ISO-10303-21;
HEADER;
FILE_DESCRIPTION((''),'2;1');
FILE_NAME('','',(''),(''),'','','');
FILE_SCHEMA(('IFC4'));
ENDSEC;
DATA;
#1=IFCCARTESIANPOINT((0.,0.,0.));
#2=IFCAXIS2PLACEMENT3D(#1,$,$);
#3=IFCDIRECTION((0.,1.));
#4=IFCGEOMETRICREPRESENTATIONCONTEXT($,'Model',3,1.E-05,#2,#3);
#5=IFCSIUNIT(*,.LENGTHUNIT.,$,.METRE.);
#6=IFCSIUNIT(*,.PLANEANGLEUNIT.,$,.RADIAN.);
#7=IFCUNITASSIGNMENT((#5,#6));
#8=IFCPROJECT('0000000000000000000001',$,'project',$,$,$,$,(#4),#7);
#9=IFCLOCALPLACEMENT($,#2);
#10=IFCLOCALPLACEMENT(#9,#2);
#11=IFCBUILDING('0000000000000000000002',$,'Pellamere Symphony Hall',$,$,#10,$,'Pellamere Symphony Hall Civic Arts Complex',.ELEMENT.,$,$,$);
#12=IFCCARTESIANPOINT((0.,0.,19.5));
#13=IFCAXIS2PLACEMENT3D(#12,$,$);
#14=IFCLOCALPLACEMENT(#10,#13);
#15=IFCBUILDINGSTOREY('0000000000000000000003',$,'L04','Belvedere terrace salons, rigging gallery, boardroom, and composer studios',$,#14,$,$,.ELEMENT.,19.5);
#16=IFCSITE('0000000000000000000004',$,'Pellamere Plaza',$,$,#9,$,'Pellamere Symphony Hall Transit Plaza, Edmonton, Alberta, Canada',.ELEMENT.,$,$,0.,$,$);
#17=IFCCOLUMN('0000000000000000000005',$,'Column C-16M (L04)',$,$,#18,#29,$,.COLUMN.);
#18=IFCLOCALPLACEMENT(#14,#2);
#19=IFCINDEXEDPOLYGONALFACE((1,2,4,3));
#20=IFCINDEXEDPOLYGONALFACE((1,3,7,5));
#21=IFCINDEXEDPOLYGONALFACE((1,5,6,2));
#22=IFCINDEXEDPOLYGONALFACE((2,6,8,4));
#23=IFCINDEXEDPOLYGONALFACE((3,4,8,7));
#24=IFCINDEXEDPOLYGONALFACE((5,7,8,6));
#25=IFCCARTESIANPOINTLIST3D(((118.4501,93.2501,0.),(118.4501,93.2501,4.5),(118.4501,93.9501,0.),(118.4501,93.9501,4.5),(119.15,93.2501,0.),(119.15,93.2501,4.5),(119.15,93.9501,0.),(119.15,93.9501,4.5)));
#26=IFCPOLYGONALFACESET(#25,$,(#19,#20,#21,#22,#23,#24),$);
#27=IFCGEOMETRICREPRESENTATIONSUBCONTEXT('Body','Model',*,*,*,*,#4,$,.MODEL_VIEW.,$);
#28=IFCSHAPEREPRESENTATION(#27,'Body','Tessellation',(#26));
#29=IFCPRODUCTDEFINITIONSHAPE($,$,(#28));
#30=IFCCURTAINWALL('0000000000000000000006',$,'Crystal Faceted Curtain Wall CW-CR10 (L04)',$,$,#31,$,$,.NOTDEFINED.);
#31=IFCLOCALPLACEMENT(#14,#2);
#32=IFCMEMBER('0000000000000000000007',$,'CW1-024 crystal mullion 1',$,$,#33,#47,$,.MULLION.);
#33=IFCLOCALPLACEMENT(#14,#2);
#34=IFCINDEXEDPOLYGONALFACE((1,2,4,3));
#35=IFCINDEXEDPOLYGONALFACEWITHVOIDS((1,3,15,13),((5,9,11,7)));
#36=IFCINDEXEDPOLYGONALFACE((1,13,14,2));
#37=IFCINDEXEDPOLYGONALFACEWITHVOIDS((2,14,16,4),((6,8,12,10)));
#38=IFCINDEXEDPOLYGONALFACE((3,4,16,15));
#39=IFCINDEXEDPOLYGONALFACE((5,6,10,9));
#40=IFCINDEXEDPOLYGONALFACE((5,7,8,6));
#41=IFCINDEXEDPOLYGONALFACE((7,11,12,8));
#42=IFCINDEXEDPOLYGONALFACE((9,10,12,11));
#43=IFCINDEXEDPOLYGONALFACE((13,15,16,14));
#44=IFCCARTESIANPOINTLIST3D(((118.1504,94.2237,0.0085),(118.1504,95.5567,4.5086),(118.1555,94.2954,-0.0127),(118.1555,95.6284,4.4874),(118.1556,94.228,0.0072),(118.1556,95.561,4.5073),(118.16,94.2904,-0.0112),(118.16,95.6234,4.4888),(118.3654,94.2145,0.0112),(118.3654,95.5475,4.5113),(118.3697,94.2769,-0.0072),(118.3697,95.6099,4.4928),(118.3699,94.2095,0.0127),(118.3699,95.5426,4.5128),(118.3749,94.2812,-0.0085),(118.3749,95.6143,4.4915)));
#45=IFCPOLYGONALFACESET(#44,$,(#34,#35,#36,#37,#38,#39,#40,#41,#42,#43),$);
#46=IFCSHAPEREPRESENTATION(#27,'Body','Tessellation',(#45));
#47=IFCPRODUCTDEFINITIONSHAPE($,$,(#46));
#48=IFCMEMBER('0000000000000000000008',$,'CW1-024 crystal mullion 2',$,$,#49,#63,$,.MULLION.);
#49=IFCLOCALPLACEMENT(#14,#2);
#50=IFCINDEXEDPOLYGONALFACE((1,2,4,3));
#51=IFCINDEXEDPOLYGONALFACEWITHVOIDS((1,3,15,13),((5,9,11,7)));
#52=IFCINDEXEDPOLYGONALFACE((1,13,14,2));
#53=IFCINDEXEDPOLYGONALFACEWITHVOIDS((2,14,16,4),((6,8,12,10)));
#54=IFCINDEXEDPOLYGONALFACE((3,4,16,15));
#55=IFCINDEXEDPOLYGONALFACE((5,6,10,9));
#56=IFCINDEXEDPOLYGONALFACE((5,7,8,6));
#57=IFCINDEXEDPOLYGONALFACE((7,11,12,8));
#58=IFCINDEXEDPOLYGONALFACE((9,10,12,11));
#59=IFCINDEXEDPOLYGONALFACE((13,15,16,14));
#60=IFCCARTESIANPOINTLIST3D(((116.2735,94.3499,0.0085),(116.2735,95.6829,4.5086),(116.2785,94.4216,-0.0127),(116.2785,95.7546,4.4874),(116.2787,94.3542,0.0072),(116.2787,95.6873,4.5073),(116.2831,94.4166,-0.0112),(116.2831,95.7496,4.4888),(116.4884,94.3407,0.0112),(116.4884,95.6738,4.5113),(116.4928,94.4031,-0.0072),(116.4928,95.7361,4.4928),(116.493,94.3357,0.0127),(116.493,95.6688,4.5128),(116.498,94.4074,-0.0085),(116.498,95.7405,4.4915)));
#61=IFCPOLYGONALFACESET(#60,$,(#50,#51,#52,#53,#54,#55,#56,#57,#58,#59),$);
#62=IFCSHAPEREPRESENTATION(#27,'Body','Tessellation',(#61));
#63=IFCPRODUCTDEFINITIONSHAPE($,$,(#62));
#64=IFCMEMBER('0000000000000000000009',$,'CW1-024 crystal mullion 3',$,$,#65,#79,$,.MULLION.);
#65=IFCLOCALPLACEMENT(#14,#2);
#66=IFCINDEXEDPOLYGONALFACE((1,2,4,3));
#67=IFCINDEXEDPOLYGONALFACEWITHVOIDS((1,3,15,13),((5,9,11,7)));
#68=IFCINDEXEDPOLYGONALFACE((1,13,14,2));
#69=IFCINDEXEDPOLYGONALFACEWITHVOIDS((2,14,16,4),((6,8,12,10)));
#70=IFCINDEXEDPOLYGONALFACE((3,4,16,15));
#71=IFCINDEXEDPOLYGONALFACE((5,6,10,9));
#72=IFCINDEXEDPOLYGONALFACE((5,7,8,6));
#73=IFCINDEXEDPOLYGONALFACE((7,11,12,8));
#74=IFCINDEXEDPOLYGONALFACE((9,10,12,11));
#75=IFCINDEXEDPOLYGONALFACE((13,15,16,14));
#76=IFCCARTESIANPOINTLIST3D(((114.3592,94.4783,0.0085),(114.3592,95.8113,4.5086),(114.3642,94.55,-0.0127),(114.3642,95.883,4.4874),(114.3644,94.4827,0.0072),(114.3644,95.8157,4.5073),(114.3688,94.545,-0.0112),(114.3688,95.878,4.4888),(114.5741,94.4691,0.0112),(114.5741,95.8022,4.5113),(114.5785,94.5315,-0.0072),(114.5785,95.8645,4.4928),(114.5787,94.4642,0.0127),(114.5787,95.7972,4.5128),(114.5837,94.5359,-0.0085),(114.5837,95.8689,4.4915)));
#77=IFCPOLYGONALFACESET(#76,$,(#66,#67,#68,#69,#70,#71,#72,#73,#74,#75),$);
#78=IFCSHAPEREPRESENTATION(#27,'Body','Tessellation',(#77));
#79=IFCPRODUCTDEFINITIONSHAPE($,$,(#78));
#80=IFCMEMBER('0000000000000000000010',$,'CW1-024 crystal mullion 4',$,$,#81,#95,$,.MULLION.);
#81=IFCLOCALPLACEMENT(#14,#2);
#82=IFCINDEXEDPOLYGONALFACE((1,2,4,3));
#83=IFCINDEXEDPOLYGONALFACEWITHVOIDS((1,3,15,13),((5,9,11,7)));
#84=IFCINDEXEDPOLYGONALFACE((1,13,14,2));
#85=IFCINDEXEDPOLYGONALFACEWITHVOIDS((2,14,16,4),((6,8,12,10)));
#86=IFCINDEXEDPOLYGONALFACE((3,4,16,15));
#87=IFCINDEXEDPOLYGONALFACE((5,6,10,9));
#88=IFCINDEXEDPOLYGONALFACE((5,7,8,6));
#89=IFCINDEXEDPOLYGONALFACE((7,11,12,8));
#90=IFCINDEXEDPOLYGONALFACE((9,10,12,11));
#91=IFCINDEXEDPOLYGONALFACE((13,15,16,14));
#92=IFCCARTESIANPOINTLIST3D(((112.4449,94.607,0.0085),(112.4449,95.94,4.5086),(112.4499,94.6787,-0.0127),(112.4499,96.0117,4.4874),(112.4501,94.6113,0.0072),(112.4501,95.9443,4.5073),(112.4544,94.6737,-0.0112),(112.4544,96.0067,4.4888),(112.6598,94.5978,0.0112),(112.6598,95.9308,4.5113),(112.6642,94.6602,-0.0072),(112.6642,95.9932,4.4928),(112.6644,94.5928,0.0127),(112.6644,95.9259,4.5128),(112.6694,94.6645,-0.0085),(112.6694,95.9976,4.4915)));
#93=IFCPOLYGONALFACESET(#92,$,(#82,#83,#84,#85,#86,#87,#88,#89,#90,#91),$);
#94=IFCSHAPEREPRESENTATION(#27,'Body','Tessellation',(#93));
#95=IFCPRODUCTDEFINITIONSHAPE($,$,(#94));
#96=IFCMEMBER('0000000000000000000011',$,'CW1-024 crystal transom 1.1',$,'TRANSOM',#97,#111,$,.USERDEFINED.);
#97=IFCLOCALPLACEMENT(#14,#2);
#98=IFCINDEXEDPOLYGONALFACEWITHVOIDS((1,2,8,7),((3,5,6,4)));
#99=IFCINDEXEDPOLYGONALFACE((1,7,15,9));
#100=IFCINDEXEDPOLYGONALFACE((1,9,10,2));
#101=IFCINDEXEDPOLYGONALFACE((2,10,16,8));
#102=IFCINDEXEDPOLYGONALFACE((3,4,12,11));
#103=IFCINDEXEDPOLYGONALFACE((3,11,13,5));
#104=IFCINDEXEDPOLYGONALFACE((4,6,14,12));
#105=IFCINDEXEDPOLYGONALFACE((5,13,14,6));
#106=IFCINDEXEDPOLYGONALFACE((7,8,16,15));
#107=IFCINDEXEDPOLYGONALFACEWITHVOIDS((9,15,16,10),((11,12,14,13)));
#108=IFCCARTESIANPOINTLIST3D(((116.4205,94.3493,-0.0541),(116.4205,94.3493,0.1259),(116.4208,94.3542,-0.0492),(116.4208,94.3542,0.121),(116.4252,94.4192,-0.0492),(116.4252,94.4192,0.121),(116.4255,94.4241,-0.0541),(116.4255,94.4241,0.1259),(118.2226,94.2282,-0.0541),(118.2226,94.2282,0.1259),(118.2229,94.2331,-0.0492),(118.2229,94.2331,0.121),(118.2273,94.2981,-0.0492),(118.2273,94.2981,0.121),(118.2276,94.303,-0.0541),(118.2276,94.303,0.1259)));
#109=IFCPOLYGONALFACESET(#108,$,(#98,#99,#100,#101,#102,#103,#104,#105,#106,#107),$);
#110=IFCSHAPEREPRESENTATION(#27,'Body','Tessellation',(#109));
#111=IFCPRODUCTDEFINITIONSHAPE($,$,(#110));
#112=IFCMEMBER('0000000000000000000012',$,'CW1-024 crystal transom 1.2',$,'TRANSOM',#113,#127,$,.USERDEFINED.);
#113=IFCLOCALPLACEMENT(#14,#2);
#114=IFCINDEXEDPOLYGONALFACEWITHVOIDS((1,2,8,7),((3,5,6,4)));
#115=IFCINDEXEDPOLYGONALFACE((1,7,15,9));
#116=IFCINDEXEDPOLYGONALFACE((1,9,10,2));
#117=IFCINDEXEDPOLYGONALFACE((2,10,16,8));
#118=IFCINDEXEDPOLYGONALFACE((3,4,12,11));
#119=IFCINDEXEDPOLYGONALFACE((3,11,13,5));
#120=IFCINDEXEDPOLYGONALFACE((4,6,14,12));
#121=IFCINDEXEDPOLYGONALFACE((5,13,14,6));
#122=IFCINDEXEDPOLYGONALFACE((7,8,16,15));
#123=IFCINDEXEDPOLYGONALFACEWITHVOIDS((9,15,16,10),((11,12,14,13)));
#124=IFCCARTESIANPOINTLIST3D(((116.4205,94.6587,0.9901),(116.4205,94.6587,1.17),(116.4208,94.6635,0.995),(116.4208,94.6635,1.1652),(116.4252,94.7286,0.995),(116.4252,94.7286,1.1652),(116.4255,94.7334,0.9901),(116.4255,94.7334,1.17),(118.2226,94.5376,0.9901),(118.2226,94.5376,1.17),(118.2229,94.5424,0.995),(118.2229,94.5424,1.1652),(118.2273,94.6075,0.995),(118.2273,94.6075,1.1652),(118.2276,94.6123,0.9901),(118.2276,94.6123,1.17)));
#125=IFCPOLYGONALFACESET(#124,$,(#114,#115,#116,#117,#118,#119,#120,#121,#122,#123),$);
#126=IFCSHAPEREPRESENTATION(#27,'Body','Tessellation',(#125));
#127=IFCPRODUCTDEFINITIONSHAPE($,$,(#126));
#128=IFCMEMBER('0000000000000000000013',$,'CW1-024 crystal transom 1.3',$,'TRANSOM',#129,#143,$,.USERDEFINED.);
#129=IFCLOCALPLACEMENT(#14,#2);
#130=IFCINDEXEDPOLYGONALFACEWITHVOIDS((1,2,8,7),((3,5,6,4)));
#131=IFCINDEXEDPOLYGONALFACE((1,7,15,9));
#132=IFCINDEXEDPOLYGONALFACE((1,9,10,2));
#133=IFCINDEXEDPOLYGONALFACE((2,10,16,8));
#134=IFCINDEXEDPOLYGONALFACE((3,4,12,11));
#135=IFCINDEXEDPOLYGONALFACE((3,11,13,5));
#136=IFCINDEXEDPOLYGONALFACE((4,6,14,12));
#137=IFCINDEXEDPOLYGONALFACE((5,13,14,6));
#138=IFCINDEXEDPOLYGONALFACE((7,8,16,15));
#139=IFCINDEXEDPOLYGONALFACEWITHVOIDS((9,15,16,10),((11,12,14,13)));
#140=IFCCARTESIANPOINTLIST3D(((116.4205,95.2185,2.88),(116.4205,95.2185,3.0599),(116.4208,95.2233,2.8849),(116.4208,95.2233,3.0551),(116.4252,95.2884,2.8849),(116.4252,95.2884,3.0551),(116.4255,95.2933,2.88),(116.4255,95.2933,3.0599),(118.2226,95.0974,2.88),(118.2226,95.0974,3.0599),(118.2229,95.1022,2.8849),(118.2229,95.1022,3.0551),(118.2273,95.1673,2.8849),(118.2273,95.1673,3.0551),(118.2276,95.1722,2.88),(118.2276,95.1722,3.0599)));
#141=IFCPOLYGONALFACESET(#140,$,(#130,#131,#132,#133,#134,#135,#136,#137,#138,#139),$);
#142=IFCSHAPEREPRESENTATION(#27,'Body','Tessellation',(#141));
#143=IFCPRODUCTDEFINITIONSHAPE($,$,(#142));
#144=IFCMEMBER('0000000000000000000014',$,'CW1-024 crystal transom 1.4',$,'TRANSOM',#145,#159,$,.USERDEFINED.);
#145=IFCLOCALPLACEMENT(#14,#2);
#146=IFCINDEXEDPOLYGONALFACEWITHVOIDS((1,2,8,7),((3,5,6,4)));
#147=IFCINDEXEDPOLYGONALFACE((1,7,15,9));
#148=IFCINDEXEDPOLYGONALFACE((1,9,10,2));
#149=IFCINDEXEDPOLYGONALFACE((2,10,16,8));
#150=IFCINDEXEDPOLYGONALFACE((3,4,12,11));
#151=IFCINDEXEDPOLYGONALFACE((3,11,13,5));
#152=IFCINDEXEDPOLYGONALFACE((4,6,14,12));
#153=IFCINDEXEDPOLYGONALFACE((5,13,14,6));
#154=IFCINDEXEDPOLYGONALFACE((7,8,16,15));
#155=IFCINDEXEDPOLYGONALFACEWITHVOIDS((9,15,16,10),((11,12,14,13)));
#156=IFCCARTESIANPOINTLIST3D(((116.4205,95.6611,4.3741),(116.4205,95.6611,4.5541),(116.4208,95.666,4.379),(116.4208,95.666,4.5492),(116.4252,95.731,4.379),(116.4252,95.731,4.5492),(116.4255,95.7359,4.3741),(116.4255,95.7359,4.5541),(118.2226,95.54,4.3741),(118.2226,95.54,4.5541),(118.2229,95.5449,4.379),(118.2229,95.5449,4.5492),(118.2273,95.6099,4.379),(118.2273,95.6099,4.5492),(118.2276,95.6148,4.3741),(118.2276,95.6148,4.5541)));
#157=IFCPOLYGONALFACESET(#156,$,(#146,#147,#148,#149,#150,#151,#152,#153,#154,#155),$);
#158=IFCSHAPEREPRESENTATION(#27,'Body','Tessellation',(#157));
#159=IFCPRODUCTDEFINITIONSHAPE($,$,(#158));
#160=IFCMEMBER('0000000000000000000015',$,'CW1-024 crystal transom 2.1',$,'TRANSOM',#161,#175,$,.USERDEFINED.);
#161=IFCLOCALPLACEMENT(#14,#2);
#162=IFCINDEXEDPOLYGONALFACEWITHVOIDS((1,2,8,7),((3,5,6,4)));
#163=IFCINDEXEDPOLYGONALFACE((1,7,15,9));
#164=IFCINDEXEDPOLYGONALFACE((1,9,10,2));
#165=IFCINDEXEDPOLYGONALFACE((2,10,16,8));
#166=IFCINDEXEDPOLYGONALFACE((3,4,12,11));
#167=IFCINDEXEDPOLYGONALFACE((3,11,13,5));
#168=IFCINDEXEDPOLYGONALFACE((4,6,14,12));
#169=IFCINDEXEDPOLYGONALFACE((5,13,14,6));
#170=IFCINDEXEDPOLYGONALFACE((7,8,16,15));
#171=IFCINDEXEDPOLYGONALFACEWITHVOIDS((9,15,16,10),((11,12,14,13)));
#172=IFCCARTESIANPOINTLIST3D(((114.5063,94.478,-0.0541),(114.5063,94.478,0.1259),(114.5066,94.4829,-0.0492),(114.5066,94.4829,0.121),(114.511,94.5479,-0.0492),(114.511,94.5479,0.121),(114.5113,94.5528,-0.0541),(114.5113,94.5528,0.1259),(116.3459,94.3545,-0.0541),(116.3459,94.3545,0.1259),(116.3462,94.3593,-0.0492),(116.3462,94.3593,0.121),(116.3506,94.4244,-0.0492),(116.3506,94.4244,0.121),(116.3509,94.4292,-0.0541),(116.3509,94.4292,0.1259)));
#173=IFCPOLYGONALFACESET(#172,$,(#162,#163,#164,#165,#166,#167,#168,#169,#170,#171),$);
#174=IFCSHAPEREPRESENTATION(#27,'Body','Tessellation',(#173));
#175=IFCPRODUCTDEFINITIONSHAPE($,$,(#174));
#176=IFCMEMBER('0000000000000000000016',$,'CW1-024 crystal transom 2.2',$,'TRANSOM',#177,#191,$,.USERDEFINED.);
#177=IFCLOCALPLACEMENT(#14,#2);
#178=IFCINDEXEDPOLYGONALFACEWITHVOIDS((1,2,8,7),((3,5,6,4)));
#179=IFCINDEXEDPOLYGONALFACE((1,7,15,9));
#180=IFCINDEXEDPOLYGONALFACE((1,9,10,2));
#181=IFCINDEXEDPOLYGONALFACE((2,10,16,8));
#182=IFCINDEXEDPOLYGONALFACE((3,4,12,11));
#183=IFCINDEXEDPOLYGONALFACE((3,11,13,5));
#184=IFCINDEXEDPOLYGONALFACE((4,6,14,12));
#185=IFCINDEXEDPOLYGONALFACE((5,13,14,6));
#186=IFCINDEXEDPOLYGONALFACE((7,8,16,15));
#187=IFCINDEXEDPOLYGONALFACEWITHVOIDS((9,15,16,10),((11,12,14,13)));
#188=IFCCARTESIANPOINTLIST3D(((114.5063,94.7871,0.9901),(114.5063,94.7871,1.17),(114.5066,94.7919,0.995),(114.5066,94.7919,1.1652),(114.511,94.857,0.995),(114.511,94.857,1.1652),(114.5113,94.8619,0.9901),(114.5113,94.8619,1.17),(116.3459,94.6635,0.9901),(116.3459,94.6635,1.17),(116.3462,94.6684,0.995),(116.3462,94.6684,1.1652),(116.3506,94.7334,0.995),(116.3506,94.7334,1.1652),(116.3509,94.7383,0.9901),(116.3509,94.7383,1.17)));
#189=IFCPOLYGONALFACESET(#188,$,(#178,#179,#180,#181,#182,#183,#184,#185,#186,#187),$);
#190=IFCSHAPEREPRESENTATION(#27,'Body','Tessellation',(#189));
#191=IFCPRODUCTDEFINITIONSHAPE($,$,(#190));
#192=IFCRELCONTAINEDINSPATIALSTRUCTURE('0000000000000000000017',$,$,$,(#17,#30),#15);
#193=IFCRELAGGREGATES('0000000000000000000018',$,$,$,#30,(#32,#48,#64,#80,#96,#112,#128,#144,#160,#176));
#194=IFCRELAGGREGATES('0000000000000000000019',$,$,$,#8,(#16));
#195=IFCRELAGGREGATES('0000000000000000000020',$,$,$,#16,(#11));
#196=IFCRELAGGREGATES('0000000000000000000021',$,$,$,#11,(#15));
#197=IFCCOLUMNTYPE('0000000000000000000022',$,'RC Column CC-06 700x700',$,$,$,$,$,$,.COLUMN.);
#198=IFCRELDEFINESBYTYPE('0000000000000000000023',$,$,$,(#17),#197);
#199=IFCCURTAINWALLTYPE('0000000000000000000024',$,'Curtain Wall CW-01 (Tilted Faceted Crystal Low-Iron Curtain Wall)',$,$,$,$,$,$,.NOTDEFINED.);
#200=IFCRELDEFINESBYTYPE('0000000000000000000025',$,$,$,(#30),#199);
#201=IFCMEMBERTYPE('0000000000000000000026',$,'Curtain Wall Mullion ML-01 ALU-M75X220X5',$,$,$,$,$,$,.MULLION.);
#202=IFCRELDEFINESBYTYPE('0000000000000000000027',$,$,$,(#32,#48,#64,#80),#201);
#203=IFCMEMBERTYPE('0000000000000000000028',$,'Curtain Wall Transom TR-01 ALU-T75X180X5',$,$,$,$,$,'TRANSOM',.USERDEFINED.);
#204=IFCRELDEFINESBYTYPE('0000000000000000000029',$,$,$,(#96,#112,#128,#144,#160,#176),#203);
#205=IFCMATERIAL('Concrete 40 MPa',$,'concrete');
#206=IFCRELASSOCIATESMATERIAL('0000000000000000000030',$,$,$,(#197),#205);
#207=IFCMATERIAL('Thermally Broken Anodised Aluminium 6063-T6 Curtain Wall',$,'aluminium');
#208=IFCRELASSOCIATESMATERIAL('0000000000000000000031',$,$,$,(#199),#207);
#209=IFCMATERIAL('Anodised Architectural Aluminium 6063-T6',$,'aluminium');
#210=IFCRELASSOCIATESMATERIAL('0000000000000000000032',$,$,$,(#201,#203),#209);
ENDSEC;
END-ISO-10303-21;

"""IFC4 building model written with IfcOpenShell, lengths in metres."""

from ifc_helpers import new_model, si_unit, direction, frame, origin, origin_2d, place, context, subcontext, project, spatial, rectangle, hollow_rectangle, extrude, material, material_profile, profile_set, type_object, element, aggregate, save


model = new_model("IFC4")

# Units and contexts
model_context = context("Model", 3, precision=1e-05, world=origin(), true_north=direction((0.0, 1.0)))
body_context = subcontext(model_context, "Body", "Model", "MODEL_VIEW")
ifc_project = project(units=[si_unit("LENGTHUNIT", "METRE"), si_unit("PLANEANGLEUNIT", "RADIAN")], contexts=[model_context])

# Site, building, storey
site_placement = place(None, origin())
site = spatial("IfcSite", under=ifc_project, at=site_placement, Name="Pellamere Plaza", LongName="Pellamere Symphony Hall Transit Plaza, Edmonton, Alberta, Canada", CompositionType="ELEMENT", RefElevation=0.0)
building_placement = place(site_placement, origin())
building = spatial("IfcBuilding", under=site, at=building_placement, Name="Pellamere Symphony Hall", LongName="Pellamere Symphony Hall Civic Arts Complex", CompositionType="ELEMENT")
storey_placement = place(building_placement, frame((0.0, 0.0, 19.5)))
storey = spatial("IfcBuildingStorey", under=building, at=storey_placement, Name="L04", Description="Belvedere terrace salons, rigging gallery, boardroom, and composer studios", CompositionType="ELEMENT", Elevation=19.5)

# Column
ifc_material_1 = material(Name="Concrete 40 MPa", Category="concrete")
ifc_material_profile_1 = material_profile(ifc_material_1, rectangle(XDim=0.7, YDim=0.7, at=origin_2d()), Name="RC 700x700")
ifc_profile_set_1 = profile_set([ifc_material_profile_1], Name="Concrete 40 MPa")
column_type = type_object("IfcColumnType", Name="RC Column CC-06 700x700", PredefinedType="COLUMN", material=ifc_profile_set_1)
column_placement = place(storey_placement, frame((118.8, 93.6001, 0.0), z_axis=(0.0, 0.0, 1.0), x_axis=(1.0, 0.0, 0.0)))
element("IfcColumn", 1, at=column_placement, inside=storey, type_object=column_type, Name="Column C-16M (L04)", PredefinedType="COLUMN", context=body_context, shape_type="SweptSolid", body=[
    extrude(rectangle(XDim=0.7, YDim=0.7, at=origin_2d()), origin(), (0.0, 0.0, 1.0), 4.5),
])

# Curtain wall, members
ifc_material_2 = material(Name="Thermally Broken Anodised Aluminium 6063-T6 Curtain Wall", Category="aluminium")
curtain_wall_type = type_object("IfcCurtainWallType", Name="Curtain Wall CW-01 (Tilted Faceted Crystal Low-Iron Curtain Wall)", PredefinedType="NOTDEFINED", material=ifc_material_2)
curtain_wall_placement = place(storey_placement, origin())
curtain_wall = element("IfcCurtainWall", 2, at=curtain_wall_placement, inside=storey, type_object=curtain_wall_type, Name="Crystal Faceted Curtain Wall CW-CR10 (L04)", PredefinedType="NOTDEFINED")
ifc_material_3 = material(Name="Anodised Architectural Aluminium 6063-T6", Category="aluminium")
ifc_material_profile_2 = material_profile(ifc_material_3, hollow_rectangle(XDim=0.075, YDim=0.22, WallThickness=0.0049, at=origin_2d()), Name="ALU-M75X220X5")
ifc_profile_set_2 = profile_set([ifc_material_profile_2], Name="Anodised Architectural Aluminium 6063-T6")
member_type_1 = type_object("IfcMemberType", Name="Curtain Wall Mullion ML-01 ALU-M75X220X5", PredefinedType="MULLION", material=ifc_profile_set_2)
member_1_placement = place(storey_placement, frame((118.2627, 94.2524, 0.0), z_axis=(0.0, 0.284025, 0.958817), x_axis=(0.067013, 0.956662, -0.283386)))
member_1 = element("IfcMember", 3, at=member_1_placement, type_object=member_type_1, Name="CW1-024 crystal mullion 1", PredefinedType="MULLION", context=body_context, shape_type="SweptSolid", body=[
    extrude(hollow_rectangle(XDim=0.075, YDim=0.22, WallThickness=0.0049, at=origin_2d()), origin(), (0.0, 0.0, 1.0), 4.6934),
])
member_2_placement = place(storey_placement, frame((116.3857, 94.3787, 0.0), z_axis=(0.0, 0.284025, 0.958817), x_axis=(0.067013, 0.956662, -0.283386)))
member_2 = element("IfcMember", 4, at=member_2_placement, type_object=member_type_1, Name="CW1-024 crystal mullion 2", PredefinedType="MULLION", context=body_context, shape_type="SweptSolid", body=[
    extrude(hollow_rectangle(XDim=0.075, YDim=0.22, WallThickness=0.0049, at=origin_2d()), origin(), (0.0, 0.0, 1.0), 4.6934),
])
member_3_placement = place(storey_placement, frame((114.4714, 94.5071, 0.0), z_axis=(0.0, 0.284025, 0.958817), x_axis=(0.067013, 0.956662, -0.283386)))
member_3 = element("IfcMember", 5, at=member_3_placement, type_object=member_type_1, Name="CW1-024 crystal mullion 3", PredefinedType="MULLION", context=body_context, shape_type="SweptSolid", body=[
    extrude(hollow_rectangle(XDim=0.075, YDim=0.22, WallThickness=0.0049, at=origin_2d()), origin(), (0.0, 0.0, 1.0), 4.6934),
])
member_4_placement = place(storey_placement, frame((112.5571, 94.6357, 0.0), z_axis=(0.0, 0.284025, 0.958817), x_axis=(0.067013, 0.956662, -0.283386)))
member_4 = element("IfcMember", 6, at=member_4_placement, type_object=member_type_1, Name="CW1-024 crystal mullion 4", PredefinedType="MULLION", context=body_context, shape_type="SweptSolid", body=[
    extrude(hollow_rectangle(XDim=0.075, YDim=0.22, WallThickness=0.0049, at=origin_2d()), origin(), (0.0, 0.0, 1.0), 4.6934),
])
ifc_material_profile_3 = material_profile(ifc_material_3, hollow_rectangle(XDim=0.075, YDim=0.1799, WallThickness=0.0049, at=origin_2d()), Name="ALU-T75X180X5")
ifc_profile_set_3 = profile_set([ifc_material_profile_3], Name="Anodised Architectural Aluminium 6063-T6")
member_type_2 = type_object("IfcMemberType", Name="Curtain Wall Transom TR-01 ALU-T75X180X5", ElementType="TRANSOM", PredefinedType="USERDEFINED", material=ifc_profile_set_3)
member_5_placement = place(storey_placement, frame((118.2251, 94.2656, 0.0359), z_axis=(-0.99775, 0.067048, 0.0), x_axis=(-0.067048, -0.99775, 0.0)))
member_5 = element("IfcMember", 7, at=member_5_placement, type_object=member_type_2, Name="CW1-024 crystal transom 1.1", ObjectType="TRANSOM", PredefinedType="USERDEFINED", context=body_context, shape_type="SweptSolid", body=[
    extrude(hollow_rectangle(XDim=0.075, YDim=0.1799, WallThickness=0.0049, at=origin_2d()), origin(), (0.0, 0.0, 1.0), 1.8062),
])
member_6_placement = place(storey_placement, frame((118.2251, 94.575, 1.0801), z_axis=(-0.99775, 0.067048, 0.0), x_axis=(-0.067048, -0.99775, 0.0)))
member_6 = element("IfcMember", 8, at=member_6_placement, type_object=member_type_2, Name="CW1-024 crystal transom 1.2", ObjectType="TRANSOM", PredefinedType="USERDEFINED", context=body_context, shape_type="SweptSolid", body=[
    extrude(hollow_rectangle(XDim=0.075, YDim=0.1799, WallThickness=0.0049, at=origin_2d()), origin(), (0.0, 0.0, 1.0), 1.8062),
])
member_7_placement = place(storey_placement, frame((118.2251, 95.1348, 2.97), z_axis=(-0.99775, 0.067048, 0.0), x_axis=(-0.067048, -0.99775, 0.0)))
member_7 = element("IfcMember", 9, at=member_7_placement, type_object=member_type_2, Name="CW1-024 crystal transom 1.3", ObjectType="TRANSOM", PredefinedType="USERDEFINED", context=body_context, shape_type="SweptSolid", body=[
    extrude(hollow_rectangle(XDim=0.075, YDim=0.1799, WallThickness=0.0049, at=origin_2d()), origin(), (0.0, 0.0, 1.0), 1.8062),
])
member_8_placement = place(storey_placement, frame((118.2251, 95.5774, 4.4641), z_axis=(-0.99775, 0.067048, 0.0), x_axis=(-0.067048, -0.99775, 0.0)))
member_8 = element("IfcMember", 10, at=member_8_placement, type_object=member_type_2, Name="CW1-024 crystal transom 1.4", ObjectType="TRANSOM", PredefinedType="USERDEFINED", context=body_context, shape_type="SweptSolid", body=[
    extrude(hollow_rectangle(XDim=0.075, YDim=0.1799, WallThickness=0.0049, at=origin_2d()), origin(), (0.0, 0.0, 1.0), 1.8062),
])
member_9_placement = place(storey_placement, frame((116.3484, 94.3918, 0.0359), z_axis=(-0.997753, 0.067002, 0.0), x_axis=(-0.067002, -0.997753, 0.0)))
member_9 = element("IfcMember", 11, at=member_9_placement, type_object=member_type_2, Name="CW1-024 crystal transom 2.1", ObjectType="TRANSOM", PredefinedType="USERDEFINED", context=body_context, shape_type="SweptSolid", body=[
    extrude(hollow_rectangle(XDim=0.075, YDim=0.1799, WallThickness=0.0049, at=origin_2d()), origin(), (0.0, 0.0, 1.0), 1.8438),
])
member_10_placement = place(storey_placement, frame((116.3484, 94.7009, 1.0801), z_axis=(-0.997753, 0.067002, 0.0), x_axis=(-0.067002, -0.997753, 0.0)))
member_10 = element("IfcMember", 12, at=member_10_placement, type_object=member_type_2, Name="CW1-024 crystal transom 2.2", ObjectType="TRANSOM", PredefinedType="USERDEFINED", context=body_context, shape_type="SweptSolid", body=[
    extrude(hollow_rectangle(XDim=0.075, YDim=0.1799, WallThickness=0.0049, at=origin_2d()), origin(), (0.0, 0.0, 1.0), 1.8438),
])

aggregate(curtain_wall, [member_1, member_2, member_3, member_4, member_5, member_6, member_7, member_8, member_9, member_10])

save(model, "model.ifc")
